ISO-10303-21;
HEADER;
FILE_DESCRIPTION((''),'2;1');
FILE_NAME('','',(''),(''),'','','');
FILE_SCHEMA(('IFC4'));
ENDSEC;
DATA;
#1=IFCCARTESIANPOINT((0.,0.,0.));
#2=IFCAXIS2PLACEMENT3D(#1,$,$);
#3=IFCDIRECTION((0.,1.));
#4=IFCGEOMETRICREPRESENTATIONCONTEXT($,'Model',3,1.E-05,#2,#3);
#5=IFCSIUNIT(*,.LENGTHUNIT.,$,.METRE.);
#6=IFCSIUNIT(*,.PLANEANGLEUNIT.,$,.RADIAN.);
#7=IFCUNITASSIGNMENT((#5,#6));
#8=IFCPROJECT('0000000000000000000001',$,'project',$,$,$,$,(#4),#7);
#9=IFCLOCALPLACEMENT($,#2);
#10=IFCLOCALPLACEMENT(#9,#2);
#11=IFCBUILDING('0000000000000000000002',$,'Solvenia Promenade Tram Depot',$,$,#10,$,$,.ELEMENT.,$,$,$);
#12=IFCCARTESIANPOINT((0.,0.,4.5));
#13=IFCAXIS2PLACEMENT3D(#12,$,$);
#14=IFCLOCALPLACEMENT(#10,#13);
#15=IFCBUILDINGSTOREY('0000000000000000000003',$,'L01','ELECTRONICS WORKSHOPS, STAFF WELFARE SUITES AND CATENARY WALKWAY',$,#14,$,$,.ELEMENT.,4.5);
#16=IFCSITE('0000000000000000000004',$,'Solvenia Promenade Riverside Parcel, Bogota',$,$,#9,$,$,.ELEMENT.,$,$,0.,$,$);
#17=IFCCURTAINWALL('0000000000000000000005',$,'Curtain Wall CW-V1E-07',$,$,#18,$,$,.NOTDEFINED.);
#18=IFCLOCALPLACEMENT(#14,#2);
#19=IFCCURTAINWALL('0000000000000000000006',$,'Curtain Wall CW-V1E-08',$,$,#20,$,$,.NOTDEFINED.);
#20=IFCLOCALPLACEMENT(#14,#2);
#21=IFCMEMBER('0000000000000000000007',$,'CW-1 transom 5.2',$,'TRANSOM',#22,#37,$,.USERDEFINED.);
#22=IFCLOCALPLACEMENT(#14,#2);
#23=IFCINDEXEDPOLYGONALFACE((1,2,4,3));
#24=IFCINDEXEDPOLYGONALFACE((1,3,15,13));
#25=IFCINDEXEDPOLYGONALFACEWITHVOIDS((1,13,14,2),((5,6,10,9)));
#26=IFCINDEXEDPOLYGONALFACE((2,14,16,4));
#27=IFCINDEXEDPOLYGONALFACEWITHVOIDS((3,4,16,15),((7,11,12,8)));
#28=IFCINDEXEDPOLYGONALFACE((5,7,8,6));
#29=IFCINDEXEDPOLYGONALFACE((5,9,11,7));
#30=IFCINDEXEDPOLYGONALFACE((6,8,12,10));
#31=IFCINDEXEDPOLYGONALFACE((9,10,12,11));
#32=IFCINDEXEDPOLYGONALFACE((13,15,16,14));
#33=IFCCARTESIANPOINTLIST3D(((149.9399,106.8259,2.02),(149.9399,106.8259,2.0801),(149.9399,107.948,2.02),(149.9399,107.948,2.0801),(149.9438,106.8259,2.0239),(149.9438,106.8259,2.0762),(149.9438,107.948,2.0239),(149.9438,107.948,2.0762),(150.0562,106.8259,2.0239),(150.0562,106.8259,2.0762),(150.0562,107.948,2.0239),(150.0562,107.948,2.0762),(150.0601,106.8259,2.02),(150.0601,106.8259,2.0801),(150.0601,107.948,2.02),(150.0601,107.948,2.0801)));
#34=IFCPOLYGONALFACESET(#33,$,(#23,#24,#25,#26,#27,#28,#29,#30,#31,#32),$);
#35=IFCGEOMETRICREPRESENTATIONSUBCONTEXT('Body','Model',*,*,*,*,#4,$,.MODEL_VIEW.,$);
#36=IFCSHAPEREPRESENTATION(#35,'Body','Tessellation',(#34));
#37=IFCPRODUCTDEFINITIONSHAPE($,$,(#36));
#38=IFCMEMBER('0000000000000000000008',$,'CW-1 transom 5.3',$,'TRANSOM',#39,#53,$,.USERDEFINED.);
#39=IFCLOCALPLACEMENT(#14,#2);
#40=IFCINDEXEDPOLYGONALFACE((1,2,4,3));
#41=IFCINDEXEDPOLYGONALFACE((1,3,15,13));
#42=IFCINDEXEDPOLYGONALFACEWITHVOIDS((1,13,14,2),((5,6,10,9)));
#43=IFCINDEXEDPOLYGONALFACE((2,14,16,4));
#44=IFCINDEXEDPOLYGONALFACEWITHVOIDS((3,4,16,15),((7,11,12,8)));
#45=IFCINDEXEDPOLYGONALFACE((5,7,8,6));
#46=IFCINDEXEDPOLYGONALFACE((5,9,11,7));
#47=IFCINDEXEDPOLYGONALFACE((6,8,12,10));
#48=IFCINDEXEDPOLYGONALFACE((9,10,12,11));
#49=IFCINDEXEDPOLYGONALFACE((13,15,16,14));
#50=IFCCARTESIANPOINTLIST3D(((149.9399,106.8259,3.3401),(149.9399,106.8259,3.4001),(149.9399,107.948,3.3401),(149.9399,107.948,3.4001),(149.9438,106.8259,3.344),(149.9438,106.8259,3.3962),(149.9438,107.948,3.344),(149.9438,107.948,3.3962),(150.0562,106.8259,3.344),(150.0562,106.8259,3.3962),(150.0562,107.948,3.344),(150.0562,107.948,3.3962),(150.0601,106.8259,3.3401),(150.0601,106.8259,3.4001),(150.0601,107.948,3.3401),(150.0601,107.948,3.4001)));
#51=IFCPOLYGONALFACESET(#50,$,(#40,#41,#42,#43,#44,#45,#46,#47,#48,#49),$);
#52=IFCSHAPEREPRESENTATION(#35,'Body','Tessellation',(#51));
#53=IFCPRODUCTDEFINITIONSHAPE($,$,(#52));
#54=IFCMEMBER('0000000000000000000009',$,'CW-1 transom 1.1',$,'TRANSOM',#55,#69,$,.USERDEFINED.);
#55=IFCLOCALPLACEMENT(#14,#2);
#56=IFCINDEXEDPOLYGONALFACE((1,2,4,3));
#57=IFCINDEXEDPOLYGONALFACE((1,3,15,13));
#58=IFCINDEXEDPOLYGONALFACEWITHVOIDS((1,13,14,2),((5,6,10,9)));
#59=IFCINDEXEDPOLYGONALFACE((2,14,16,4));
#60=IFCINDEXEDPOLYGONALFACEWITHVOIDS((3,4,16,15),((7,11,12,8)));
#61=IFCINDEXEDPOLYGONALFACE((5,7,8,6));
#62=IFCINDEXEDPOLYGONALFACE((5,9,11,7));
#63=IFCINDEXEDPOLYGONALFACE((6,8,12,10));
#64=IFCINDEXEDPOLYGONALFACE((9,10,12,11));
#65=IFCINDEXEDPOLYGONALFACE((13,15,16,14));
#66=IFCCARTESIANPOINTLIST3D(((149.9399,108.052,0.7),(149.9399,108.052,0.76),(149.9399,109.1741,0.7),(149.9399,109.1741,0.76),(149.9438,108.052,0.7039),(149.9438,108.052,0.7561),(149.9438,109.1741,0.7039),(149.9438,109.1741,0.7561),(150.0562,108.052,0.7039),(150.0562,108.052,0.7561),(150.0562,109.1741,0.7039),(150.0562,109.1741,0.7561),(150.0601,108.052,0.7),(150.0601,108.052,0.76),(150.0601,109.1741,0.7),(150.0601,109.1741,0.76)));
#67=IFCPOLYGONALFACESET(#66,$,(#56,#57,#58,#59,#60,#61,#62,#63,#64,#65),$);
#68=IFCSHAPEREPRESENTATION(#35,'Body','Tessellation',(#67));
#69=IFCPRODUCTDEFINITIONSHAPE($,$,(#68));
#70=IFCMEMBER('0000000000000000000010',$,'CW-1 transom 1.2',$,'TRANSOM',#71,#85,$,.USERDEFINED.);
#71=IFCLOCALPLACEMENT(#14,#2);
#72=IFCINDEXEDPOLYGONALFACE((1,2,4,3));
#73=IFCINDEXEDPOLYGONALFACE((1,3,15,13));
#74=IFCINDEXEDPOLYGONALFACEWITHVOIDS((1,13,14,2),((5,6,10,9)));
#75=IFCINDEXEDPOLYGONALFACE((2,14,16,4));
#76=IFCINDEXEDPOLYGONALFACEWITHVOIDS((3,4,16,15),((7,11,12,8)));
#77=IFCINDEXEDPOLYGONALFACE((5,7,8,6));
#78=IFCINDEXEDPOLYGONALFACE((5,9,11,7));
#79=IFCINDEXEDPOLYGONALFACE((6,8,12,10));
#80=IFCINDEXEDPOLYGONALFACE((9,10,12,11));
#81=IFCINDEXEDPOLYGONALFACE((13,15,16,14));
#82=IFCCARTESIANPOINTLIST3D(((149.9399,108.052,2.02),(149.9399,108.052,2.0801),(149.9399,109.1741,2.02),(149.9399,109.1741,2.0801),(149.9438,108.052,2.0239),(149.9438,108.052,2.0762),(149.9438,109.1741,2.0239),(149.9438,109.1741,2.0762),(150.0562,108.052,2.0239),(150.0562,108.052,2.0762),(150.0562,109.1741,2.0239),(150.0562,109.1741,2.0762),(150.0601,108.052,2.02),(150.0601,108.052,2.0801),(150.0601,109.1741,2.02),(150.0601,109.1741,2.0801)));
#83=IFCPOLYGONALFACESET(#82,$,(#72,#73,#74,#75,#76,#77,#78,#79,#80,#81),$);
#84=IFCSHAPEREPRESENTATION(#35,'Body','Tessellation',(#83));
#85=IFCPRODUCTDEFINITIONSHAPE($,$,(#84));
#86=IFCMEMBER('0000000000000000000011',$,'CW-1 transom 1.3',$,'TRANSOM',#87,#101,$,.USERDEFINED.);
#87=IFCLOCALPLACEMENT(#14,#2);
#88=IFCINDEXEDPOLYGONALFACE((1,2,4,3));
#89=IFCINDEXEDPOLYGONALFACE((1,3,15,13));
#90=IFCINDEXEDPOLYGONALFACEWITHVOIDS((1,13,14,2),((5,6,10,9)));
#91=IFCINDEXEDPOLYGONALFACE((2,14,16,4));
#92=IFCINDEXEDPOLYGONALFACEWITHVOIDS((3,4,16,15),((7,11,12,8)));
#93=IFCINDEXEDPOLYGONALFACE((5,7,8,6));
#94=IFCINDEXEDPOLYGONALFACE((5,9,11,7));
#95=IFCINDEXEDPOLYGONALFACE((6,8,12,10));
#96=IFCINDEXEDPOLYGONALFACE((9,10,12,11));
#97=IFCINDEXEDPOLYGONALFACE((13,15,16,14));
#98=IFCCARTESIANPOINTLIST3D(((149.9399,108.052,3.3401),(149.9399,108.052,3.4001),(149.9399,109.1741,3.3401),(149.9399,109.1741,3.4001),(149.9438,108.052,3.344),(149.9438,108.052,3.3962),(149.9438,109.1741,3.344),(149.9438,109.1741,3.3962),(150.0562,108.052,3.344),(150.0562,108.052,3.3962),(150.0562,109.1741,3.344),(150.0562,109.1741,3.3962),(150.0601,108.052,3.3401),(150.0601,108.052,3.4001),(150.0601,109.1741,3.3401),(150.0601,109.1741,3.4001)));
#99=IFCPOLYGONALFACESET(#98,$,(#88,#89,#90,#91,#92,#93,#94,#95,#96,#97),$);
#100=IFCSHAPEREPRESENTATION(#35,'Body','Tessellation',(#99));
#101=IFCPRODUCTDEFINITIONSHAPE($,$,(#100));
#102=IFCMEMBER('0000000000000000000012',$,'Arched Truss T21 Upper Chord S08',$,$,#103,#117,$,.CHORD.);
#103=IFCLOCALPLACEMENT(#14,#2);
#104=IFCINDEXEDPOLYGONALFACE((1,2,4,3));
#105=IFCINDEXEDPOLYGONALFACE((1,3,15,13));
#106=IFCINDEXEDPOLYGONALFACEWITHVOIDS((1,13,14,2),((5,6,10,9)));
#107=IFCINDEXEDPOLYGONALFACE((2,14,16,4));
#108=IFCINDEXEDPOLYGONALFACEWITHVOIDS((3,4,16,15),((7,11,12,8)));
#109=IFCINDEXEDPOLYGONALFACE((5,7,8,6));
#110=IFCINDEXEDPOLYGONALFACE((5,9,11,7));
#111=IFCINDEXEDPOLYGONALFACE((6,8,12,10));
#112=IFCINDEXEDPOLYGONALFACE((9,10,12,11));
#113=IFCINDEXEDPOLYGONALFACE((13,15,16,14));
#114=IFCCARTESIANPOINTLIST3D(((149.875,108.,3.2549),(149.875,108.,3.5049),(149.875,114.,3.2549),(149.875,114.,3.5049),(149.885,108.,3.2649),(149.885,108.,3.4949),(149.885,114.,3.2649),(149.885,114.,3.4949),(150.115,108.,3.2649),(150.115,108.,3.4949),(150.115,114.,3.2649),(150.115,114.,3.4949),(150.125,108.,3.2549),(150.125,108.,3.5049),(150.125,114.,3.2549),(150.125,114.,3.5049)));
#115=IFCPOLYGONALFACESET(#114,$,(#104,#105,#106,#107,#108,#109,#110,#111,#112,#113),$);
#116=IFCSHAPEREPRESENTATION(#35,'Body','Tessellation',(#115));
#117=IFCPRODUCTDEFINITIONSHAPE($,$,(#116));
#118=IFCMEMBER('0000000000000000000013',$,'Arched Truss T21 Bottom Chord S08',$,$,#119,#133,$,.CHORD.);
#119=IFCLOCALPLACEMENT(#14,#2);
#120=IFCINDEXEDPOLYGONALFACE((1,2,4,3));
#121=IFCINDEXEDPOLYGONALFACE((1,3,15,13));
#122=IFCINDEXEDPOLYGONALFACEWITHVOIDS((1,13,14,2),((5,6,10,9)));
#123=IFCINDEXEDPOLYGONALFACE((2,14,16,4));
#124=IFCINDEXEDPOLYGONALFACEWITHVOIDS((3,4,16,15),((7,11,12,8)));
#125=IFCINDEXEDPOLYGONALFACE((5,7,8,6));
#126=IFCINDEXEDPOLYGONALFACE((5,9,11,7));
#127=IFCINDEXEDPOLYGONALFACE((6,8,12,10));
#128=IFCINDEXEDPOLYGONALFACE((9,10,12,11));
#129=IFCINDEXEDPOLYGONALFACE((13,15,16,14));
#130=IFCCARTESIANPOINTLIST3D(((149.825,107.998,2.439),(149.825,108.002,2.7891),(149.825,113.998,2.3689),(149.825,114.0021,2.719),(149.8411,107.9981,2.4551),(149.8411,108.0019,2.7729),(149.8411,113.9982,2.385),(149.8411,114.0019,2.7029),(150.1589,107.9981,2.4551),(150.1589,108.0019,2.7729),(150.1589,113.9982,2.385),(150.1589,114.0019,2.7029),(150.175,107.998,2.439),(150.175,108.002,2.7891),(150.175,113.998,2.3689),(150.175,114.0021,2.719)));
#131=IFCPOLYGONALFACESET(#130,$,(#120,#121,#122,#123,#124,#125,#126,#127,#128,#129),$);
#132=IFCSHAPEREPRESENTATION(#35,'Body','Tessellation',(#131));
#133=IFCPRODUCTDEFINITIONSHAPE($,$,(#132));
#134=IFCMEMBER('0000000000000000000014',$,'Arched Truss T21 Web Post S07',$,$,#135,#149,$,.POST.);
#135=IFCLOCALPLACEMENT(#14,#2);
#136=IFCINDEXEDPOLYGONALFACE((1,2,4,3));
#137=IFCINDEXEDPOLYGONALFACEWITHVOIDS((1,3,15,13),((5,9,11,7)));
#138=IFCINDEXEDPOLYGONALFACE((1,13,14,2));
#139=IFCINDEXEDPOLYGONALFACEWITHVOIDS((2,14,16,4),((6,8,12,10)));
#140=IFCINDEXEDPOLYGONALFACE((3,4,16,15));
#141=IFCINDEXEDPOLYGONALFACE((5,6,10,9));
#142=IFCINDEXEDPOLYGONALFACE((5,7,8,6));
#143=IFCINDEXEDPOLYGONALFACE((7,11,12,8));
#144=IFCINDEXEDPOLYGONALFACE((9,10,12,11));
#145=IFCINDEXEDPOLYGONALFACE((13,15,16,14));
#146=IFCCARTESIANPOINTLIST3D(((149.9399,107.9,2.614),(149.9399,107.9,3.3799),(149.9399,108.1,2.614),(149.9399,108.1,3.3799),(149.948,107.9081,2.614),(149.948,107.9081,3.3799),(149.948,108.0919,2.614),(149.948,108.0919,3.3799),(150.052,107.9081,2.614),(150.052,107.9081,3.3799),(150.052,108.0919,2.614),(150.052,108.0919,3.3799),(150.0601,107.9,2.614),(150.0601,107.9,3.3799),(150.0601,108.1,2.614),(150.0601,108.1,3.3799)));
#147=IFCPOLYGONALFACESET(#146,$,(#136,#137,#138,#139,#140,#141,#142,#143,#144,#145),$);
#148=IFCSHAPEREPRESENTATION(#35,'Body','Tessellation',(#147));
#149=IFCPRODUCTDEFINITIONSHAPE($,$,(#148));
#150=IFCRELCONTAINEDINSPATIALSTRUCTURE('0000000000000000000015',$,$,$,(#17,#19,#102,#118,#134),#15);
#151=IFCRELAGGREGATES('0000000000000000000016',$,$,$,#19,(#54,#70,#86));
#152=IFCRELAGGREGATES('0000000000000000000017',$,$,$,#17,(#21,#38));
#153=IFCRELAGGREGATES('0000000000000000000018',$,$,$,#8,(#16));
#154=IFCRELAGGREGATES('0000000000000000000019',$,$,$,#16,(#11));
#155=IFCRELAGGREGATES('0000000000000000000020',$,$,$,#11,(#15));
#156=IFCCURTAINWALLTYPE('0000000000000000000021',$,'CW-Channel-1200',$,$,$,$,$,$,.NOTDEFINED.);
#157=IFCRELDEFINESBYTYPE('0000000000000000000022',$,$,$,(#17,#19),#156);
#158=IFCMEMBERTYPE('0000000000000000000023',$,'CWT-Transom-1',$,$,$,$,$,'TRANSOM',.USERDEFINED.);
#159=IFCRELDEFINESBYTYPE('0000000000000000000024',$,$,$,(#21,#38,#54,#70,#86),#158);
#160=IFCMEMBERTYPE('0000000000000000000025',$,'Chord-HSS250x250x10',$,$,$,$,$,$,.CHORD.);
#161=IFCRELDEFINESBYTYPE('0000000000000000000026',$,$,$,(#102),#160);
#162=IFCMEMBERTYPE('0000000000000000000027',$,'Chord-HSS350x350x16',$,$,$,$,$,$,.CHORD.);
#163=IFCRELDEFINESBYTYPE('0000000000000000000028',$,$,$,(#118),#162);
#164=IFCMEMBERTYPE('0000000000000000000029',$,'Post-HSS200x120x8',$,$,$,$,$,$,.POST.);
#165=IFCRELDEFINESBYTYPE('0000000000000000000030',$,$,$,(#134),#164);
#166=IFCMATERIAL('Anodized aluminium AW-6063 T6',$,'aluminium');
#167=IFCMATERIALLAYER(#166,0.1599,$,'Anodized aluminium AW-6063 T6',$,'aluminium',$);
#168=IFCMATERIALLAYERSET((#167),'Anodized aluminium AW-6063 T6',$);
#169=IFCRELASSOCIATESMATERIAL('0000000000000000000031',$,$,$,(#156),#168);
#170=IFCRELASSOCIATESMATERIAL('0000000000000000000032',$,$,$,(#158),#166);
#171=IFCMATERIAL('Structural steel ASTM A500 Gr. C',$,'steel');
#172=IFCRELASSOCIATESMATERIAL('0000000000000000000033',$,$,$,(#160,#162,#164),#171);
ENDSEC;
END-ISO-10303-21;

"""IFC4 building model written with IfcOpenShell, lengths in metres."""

from ifc_helpers import new_model, si_unit, direction, frame, origin, origin_2d, place, context, subcontext, project, spatial, hollow_rectangle, extrude, material, layer, layer_set, material_profile, profile_set, type_object, element, aggregate, save


model = new_model("IFC4")

# Units and contexts
model_context = context("Model", 3, precision=1e-05, world=origin(), true_north=direction((0.0, 1.0)))
body_context = subcontext(model_context, "Body", "Model", "MODEL_VIEW")
ifc_project = project(units=[si_unit("LENGTHUNIT", "METRE"), si_unit("PLANEANGLEUNIT", "RADIAN")], contexts=[model_context])

# Site, building, storey
site_placement = place(None, origin())
site = spatial("IfcSite", under=ifc_project, at=site_placement, Name="Solvenia Promenade Riverside Parcel, Bogota", CompositionType="ELEMENT", RefElevation=0.0)
building_placement = place(site_placement, origin())
building = spatial("IfcBuilding", under=site, at=building_placement, Name="Solvenia Promenade Tram Depot", CompositionType="ELEMENT")
storey_placement = place(building_placement, frame((0.0, 0.0, 4.5)))
storey = spatial("IfcBuildingStorey", under=building, at=storey_placement, Name="L01", Description="ELECTRONICS WORKSHOPS, STAFF WELFARE SUITES AND CATENARY WALKWAY", CompositionType="ELEMENT", Elevation=4.5)

# Curtain wall
ifc_material_1 = material(Name="Anodized aluminium AW-6063 T6", Category="aluminium")
ifc_layer_1 = layer(ifc_material_1, 0.1599, Name="Anodized aluminium AW-6063 T6", Category="aluminium")
ifc_layer_set_1 = layer_set([ifc_layer_1], Name="Anodized aluminium AW-6063 T6")
curtain_wall_type = type_object("IfcCurtainWallType", Name="CW-Channel-1200", PredefinedType="NOTDEFINED", material=ifc_layer_set_1)
curtain_wall_1_placement = place(storey_placement, origin())
curtain_wall_1 = element("IfcCurtainWall", 1, at=curtain_wall_1_placement, inside=storey, type_object=curtain_wall_type, Name="Curtain Wall CW-V1E-07", PredefinedType="NOTDEFINED")

# Curtain wall
curtain_wall_2_placement = place(storey_placement, origin())
curtain_wall_2 = element("IfcCurtainWall", 2, at=curtain_wall_2_placement, inside=storey, type_object=curtain_wall_type, Name="Curtain Wall CW-V1E-08", PredefinedType="NOTDEFINED")

# Members
ifc_material_profile_1 = material_profile(ifc_material_1, hollow_rectangle(XDim=0.1201, YDim=0.0601, WallThickness=0.0039, at=origin_2d()), Name="ALU-T1", Category="aluminium")
ifc_profile_set_1 = profile_set([ifc_material_profile_1], Name="Anodized aluminium AW-6063 T6")
member_type_1 = type_object("IfcMemberType", Name="CWT-Transom-1", ElementType="TRANSOM", PredefinedType="USERDEFINED", material=ifc_profile_set_1)
member_1_placement = place(storey_placement, frame((150.0, 106.8259, 2.05), z_axis=(0.0, 1.0, 0.0), x_axis=(-1.0, 0.0, 0.0)))
member_1 = element("IfcMember", 3, at=member_1_placement, type_object=member_type_1, Name="CW-1 transom 5.2", ObjectType="TRANSOM", PredefinedType="USERDEFINED", context=body_context, shape_type="SweptSolid", body=[
    extrude(hollow_rectangle(XDim=0.1201, YDim=0.0601, WallThickness=0.0039, at=origin_2d()), origin(), (0.0, 0.0, 1.0), 1.1221),
])
member_2_placement = place(storey_placement, frame((150.0, 106.8259, 3.3701), z_axis=(0.0, 1.0, 0.0), x_axis=(-1.0, 0.0, 0.0)))
member_2 = element("IfcMember", 4, at=member_2_placement, type_object=member_type_1, Name="CW-1 transom 5.3", ObjectType="TRANSOM", PredefinedType="USERDEFINED", context=body_context, shape_type="SweptSolid", body=[
    extrude(hollow_rectangle(XDim=0.1201, YDim=0.0601, WallThickness=0.0039, at=origin_2d()), origin(), (0.0, 0.0, 1.0), 1.1221),
])
member_3_placement = place(storey_placement, frame((150.0, 108.052, 0.73), z_axis=(0.0, 1.0, 0.0), x_axis=(-1.0, 0.0, 0.0)))
member_3 = element("IfcMember", 5, at=member_3_placement, type_object=member_type_1, Name="CW-1 transom 1.1", ObjectType="TRANSOM", PredefinedType="USERDEFINED", context=body_context, shape_type="SweptSolid", body=[
    extrude(hollow_rectangle(XDim=0.1201, YDim=0.0601, WallThickness=0.0039, at=origin_2d()), origin(), (0.0, 0.0, 1.0), 1.1221),
])
member_4_placement = place(storey_placement, frame((150.0, 108.052, 2.05), z_axis=(0.0, 1.0, 0.0), x_axis=(-1.0, 0.0, 0.0)))
member_4 = element("IfcMember", 6, at=member_4_placement, type_object=member_type_1, Name="CW-1 transom 1.2", ObjectType="TRANSOM", PredefinedType="USERDEFINED", context=body_context, shape_type="SweptSolid", body=[
    extrude(hollow_rectangle(XDim=0.1201, YDim=0.0601, WallThickness=0.0039, at=origin_2d()), origin(), (0.0, 0.0, 1.0), 1.1221),
])
member_5_placement = place(storey_placement, frame((150.0, 108.052, 3.3701), z_axis=(0.0, 1.0, 0.0), x_axis=(-1.0, 0.0, 0.0)))
member_5 = element("IfcMember", 7, at=member_5_placement, type_object=member_type_1, Name="CW-1 transom 1.3", ObjectType="TRANSOM", PredefinedType="USERDEFINED", context=body_context, shape_type="SweptSolid", body=[
    extrude(hollow_rectangle(XDim=0.1201, YDim=0.0601, WallThickness=0.0039, at=origin_2d()), origin(), (0.0, 0.0, 1.0), 1.1221),
])
aggregate(curtain_wall_2, [member_3, member_4, member_5])

# Members
ifc_material_2 = material(Name="Structural steel ASTM A500 Gr. C", Category="steel")
ifc_material_profile_2 = material_profile(ifc_material_2, hollow_rectangle(XDim=0.25, YDim=0.25, WallThickness=0.01, at=origin_2d()), Name="HSS250x250x10", Category="steel")
ifc_profile_set_2 = profile_set([ifc_material_profile_2], Name="Structural steel ASTM A500 Gr. C")
member_type_2 = type_object("IfcMemberType", Name="Chord-HSS250x250x10", PredefinedType="CHORD", material=ifc_profile_set_2)
member_6_placement = place(storey_placement, frame((150.0, 108.0, 3.3799), z_axis=(0.0, 1.0, 0.0), x_axis=(-1.0, 0.0, 0.0)))
element("IfcMember", 8, at=member_6_placement, inside=storey, type_object=member_type_2, Name="Arched Truss T21 Upper Chord S08", PredefinedType="CHORD", context=body_context, shape_type="SweptSolid", body=[
    extrude(hollow_rectangle(XDim=0.25, YDim=0.25, WallThickness=0.01, at=origin_2d()), origin(), (0.0, 0.0, 1.0), 6.0),
])
ifc_material_profile_3 = material_profile(ifc_material_2, hollow_rectangle(XDim=0.3501, YDim=0.3501, WallThickness=0.0161, at=origin_2d()), Name="HSS350x350x16", Category="steel")
ifc_profile_set_3 = profile_set([ifc_material_profile_3], Name="Structural steel ASTM A500 Gr. C")
member_type_3 = type_object("IfcMemberType", Name="Chord-HSS350x350x16", PredefinedType="CHORD", material=ifc_profile_set_3)
member_7_placement = place(storey_placement, frame((150.0, 108.0, 2.614), z_axis=(0.0, 0.999932, -0.011677), x_axis=(-1.0, 0.0, 0.0)))
element("IfcMember", 9, at=member_7_placement, inside=storey, type_object=member_type_3, Name="Arched Truss T21 Bottom Chord S08", PredefinedType="CHORD", context=body_context, shape_type="SweptSolid", body=[
    extrude(hollow_rectangle(XDim=0.3501, YDim=0.3501, WallThickness=0.0161, at=origin_2d()), origin(), (0.0, 0.0, 1.0), 6.0005),
])
ifc_material_profile_4 = material_profile(ifc_material_2, hollow_rectangle(XDim=0.1201, YDim=0.2, WallThickness=0.0081, at=origin_2d()), Name="HSS200x120x8", Category="steel")
ifc_profile_set_4 = profile_set([ifc_material_profile_4], Name="Structural steel ASTM A500 Gr. C")
member_type_4 = type_object("IfcMemberType", Name="Post-HSS200x120x8", PredefinedType="POST", material=ifc_profile_set_4)
member_8_placement = place(storey_placement, frame((150.0, 108.0, 2.614), z_axis=(0.0, 0.0, 1.0), x_axis=(1.0, 0.0, 0.0)))
element("IfcMember", 10, at=member_8_placement, inside=storey, type_object=member_type_4, Name="Arched Truss T21 Web Post S07", PredefinedType="POST", context=body_context, shape_type="SweptSolid", body=[
    extrude(hollow_rectangle(XDim=0.1201, YDim=0.2, WallThickness=0.0081, at=origin_2d()), origin(), (0.0, 0.0, 1.0), 0.7659),
])

aggregate(curtain_wall_1, [member_1, member_2])

save(model, "model.ifc")
